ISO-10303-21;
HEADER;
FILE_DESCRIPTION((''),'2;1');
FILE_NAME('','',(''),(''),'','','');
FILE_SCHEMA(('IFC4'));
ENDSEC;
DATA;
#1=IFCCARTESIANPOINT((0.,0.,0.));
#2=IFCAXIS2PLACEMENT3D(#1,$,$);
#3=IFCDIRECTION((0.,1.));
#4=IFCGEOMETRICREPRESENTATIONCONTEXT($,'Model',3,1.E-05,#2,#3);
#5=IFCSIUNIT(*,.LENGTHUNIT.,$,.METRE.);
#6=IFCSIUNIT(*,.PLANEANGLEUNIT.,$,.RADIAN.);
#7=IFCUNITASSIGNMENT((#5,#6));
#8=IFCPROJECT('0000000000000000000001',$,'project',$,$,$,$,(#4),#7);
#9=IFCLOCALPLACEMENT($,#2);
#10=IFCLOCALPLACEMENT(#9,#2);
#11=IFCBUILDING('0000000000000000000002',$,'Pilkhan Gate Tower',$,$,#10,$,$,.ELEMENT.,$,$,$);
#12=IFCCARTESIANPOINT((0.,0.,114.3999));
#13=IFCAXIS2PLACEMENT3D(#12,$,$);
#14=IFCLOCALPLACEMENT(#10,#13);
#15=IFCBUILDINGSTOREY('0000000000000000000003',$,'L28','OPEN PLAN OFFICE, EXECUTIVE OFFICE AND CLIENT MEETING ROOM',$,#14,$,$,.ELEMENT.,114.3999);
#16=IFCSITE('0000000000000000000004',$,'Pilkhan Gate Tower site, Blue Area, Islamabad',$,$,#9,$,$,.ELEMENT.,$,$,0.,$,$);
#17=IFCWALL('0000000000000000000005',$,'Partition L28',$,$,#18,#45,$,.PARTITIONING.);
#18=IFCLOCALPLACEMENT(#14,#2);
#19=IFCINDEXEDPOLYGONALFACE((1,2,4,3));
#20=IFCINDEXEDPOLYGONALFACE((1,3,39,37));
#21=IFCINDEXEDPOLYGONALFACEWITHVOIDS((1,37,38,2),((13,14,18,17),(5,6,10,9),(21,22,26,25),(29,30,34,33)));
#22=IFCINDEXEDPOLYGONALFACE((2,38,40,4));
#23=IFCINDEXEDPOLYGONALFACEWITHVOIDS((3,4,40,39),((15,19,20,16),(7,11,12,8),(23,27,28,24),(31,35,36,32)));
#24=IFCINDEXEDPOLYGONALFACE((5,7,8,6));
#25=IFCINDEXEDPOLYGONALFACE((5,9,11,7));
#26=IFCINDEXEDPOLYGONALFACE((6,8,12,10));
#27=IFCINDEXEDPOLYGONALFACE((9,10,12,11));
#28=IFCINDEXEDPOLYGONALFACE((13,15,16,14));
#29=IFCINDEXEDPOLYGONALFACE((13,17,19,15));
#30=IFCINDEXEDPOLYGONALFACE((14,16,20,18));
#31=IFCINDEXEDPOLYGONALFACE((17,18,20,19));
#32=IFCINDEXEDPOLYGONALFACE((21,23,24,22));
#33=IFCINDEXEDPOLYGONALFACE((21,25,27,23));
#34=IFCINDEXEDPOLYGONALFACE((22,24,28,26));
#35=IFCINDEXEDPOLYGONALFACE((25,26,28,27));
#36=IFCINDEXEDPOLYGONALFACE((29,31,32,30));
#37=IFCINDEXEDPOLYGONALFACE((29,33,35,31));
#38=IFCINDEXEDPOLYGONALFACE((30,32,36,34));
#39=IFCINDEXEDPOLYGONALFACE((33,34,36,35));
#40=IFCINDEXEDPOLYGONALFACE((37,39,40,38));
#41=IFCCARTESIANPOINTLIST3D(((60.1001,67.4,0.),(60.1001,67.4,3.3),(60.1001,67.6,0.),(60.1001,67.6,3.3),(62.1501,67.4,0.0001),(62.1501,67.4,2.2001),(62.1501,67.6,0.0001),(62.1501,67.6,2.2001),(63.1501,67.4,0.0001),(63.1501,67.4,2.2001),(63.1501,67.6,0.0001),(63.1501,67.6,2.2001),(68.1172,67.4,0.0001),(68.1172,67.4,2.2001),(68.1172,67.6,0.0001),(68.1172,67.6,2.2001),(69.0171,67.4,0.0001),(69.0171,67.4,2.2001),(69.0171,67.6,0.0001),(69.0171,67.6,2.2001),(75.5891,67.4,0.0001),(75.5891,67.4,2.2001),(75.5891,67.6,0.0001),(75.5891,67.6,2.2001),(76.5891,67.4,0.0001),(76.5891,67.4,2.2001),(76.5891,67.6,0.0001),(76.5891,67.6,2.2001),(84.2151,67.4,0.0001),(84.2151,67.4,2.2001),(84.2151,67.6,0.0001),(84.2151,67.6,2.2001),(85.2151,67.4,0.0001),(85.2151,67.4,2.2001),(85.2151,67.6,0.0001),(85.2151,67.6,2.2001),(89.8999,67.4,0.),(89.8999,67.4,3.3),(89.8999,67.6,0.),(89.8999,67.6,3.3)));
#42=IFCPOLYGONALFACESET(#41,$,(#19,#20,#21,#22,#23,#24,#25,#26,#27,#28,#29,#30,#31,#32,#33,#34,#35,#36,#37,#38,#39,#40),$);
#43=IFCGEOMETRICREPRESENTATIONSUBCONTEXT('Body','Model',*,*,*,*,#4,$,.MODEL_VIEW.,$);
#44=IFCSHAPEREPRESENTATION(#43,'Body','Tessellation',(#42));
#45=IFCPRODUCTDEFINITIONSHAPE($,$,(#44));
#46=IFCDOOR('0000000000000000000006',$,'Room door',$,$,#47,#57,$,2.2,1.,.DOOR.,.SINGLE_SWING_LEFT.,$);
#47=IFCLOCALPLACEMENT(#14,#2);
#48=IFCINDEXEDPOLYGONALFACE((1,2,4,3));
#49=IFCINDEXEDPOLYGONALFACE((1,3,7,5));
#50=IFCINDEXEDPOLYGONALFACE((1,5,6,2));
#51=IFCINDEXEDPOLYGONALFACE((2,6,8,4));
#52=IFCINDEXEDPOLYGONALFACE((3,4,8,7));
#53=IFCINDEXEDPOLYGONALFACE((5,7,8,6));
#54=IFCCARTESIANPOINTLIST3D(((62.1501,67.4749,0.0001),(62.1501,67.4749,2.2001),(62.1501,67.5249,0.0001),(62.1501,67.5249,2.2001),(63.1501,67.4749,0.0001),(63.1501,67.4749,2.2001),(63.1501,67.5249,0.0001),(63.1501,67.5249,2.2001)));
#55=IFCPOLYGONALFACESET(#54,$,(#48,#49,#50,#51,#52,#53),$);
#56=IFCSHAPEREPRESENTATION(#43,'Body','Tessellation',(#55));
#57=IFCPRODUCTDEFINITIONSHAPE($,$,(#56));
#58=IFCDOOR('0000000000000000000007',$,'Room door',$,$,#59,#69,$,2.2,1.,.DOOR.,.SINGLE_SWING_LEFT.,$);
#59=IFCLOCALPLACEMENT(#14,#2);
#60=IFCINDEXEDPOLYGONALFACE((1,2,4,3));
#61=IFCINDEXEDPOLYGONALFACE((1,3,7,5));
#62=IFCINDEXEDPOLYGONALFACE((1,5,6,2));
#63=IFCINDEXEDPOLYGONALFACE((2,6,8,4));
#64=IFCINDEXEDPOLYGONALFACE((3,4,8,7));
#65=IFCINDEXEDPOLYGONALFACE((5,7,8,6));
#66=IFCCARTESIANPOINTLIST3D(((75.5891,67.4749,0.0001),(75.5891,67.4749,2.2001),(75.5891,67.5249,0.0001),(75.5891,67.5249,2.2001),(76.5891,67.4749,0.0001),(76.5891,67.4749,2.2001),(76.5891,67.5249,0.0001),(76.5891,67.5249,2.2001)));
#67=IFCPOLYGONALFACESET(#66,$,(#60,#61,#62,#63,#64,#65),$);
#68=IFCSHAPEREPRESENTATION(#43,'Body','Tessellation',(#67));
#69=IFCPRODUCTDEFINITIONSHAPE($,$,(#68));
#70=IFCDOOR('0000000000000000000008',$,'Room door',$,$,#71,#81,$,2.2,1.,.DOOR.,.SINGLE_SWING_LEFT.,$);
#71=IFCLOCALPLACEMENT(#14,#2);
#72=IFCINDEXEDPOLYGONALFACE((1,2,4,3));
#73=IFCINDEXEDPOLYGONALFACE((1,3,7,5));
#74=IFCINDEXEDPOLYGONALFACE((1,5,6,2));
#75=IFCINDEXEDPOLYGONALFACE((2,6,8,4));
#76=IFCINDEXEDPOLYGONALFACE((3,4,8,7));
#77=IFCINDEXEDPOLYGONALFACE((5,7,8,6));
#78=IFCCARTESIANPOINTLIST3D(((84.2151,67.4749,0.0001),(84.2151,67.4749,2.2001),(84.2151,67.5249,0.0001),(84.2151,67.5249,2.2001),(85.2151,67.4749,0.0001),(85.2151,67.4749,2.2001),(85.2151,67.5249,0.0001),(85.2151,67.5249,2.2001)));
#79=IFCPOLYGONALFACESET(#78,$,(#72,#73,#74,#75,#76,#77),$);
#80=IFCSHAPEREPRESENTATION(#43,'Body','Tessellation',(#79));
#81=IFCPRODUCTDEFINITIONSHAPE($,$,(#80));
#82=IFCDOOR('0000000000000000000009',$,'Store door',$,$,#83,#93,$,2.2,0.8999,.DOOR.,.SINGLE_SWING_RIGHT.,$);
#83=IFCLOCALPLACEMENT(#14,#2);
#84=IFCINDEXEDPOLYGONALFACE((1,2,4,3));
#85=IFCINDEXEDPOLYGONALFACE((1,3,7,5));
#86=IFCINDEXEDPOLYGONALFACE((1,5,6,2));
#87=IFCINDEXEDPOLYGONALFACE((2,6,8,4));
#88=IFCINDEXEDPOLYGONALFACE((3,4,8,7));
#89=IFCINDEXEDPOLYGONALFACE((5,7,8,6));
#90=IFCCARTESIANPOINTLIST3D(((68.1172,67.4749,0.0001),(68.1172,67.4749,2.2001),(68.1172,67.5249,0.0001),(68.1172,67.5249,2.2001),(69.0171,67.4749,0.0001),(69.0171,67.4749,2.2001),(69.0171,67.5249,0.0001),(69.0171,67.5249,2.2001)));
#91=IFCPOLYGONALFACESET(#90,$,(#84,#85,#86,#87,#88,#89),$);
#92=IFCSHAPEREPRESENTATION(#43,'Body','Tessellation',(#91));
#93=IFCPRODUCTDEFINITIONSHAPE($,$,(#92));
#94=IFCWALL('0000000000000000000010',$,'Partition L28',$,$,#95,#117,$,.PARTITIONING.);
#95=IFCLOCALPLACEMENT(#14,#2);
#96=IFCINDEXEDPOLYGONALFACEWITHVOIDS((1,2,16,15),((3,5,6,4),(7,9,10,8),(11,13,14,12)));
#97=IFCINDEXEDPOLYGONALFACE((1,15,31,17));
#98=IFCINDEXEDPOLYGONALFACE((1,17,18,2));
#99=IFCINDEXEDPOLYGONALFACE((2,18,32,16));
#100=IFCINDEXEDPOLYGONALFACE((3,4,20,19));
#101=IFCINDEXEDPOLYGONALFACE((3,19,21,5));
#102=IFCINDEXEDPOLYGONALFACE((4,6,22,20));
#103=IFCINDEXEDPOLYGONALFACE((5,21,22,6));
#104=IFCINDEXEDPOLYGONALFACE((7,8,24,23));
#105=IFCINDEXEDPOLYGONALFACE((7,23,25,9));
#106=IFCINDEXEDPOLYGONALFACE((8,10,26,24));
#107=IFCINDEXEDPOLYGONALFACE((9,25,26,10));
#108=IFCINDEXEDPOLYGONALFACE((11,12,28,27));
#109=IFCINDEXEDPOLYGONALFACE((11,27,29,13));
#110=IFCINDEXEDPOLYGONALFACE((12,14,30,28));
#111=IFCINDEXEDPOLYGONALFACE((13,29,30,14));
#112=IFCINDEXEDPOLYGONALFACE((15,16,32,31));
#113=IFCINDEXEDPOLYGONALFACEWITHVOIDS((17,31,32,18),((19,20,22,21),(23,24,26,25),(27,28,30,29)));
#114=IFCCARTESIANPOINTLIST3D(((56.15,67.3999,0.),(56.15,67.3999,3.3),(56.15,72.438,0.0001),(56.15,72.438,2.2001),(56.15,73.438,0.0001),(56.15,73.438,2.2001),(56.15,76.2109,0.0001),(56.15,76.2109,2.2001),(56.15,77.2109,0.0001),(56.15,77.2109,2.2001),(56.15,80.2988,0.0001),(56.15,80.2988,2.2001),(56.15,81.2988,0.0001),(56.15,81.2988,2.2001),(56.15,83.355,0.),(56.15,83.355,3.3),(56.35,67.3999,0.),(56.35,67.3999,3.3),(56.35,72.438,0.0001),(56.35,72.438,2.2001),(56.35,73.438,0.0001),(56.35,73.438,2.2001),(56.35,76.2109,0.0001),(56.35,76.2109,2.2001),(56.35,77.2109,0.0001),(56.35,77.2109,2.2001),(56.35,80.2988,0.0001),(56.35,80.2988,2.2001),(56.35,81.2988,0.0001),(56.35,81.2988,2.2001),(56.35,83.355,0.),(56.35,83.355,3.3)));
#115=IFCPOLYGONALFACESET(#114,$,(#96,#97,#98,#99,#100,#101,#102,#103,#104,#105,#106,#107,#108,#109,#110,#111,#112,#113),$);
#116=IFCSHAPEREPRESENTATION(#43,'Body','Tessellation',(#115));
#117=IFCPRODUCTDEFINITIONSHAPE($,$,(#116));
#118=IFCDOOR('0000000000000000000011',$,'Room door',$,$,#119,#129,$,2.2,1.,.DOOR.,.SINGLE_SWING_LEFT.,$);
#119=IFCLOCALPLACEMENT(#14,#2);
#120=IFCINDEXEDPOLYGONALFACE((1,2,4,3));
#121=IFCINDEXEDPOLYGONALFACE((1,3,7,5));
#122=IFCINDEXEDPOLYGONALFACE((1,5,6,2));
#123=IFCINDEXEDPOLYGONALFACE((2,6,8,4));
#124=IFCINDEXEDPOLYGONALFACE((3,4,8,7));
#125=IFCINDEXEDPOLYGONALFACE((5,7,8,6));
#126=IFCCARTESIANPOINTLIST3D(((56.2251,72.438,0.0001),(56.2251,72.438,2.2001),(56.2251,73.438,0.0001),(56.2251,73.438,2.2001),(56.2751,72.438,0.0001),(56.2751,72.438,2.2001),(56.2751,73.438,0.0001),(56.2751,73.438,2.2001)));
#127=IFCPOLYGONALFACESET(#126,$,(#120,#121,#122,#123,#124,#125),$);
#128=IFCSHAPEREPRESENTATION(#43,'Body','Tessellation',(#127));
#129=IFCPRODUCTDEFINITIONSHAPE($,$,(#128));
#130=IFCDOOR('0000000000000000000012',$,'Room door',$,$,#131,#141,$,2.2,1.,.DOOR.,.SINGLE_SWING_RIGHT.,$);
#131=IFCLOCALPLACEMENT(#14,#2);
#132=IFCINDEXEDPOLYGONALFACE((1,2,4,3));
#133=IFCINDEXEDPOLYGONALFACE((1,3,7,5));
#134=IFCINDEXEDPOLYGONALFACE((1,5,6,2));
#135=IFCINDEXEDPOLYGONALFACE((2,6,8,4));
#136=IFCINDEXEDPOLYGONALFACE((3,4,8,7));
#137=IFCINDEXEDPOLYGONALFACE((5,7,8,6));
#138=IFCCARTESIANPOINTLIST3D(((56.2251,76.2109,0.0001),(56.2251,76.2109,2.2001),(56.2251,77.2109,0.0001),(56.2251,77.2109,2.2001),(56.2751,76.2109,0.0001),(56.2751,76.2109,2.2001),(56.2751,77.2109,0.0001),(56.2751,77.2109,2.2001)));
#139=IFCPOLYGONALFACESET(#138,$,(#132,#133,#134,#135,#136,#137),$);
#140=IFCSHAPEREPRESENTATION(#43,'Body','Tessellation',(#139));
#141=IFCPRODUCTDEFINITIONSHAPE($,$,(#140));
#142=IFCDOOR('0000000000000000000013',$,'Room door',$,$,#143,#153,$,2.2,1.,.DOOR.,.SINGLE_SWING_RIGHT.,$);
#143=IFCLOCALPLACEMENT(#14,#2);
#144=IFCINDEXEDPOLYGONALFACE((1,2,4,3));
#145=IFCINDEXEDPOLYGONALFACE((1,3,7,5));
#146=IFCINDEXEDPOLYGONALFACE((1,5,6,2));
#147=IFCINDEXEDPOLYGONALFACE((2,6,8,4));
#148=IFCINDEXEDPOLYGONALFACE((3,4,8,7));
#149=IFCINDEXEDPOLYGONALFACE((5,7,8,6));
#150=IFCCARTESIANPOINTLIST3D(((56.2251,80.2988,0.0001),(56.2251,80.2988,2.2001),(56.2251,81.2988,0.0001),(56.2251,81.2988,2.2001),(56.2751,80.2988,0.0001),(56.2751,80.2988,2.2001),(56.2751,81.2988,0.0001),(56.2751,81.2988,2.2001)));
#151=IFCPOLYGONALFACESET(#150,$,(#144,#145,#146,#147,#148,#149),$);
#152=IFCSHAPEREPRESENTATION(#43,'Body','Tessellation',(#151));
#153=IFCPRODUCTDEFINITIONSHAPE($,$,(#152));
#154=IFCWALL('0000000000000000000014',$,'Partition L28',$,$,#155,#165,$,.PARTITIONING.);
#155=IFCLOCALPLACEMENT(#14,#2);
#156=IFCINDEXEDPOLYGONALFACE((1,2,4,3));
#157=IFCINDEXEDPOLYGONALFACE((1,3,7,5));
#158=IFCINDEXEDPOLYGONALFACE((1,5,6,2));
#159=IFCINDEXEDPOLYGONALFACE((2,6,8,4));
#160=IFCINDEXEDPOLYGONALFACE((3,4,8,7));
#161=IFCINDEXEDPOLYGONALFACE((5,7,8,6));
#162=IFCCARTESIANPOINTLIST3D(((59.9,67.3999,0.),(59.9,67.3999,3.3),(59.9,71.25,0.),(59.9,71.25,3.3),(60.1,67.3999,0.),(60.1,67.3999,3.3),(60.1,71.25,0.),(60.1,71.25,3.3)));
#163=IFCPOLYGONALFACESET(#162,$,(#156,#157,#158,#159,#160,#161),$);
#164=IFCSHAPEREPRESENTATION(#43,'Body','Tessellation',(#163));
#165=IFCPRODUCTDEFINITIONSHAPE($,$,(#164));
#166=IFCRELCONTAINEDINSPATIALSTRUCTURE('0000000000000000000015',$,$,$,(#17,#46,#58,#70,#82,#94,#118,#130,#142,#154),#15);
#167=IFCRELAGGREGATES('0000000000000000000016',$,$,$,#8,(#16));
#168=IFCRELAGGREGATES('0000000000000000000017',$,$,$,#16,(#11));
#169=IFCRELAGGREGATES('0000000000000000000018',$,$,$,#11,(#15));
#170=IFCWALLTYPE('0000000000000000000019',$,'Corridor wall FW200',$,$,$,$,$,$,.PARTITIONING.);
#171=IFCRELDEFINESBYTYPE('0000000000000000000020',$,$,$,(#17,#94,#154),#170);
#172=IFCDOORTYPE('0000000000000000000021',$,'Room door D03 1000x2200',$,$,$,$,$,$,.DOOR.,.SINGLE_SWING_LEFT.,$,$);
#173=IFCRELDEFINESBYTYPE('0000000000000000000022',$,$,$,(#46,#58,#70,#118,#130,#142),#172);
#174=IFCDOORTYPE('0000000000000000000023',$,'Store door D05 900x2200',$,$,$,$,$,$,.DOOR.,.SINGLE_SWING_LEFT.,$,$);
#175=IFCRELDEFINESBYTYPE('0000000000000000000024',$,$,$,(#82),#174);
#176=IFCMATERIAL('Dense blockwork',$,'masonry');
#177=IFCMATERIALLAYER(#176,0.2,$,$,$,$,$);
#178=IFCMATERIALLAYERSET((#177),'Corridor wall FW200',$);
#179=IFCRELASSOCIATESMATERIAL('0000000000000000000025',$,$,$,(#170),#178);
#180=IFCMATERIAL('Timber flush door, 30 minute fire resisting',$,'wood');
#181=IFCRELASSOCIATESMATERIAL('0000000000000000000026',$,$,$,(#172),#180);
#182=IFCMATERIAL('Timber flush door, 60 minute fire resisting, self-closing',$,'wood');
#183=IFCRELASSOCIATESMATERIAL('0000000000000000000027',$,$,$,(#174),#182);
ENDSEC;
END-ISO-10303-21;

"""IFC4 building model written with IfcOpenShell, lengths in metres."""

from ifc_helpers import new_model, si_unit, direction, frame, frame_2d, origin, place, context, subcontext, project, spatial, rectangle, extrude, material, layer, layer_set, type_object, element, fill, save


model = new_model("IFC4")

# Units and contexts
model_context = context("Model", 3, precision=1e-05, world=origin(), true_north=direction((0.0, 1.0)))
body_context = subcontext(model_context, "Body", "Model", "MODEL_VIEW")
ifc_project = project(units=[si_unit("LENGTHUNIT", "METRE"), si_unit("PLANEANGLEUNIT", "RADIAN")], contexts=[model_context])

# Site, building, storey
site_placement = place(None, origin())
site = spatial("IfcSite", under=ifc_project, at=site_placement, Name="Pilkhan Gate Tower site, Blue Area, Islamabad", CompositionType="ELEMENT", RefElevation=0.0)
building_placement = place(site_placement, origin())
building = spatial("IfcBuilding", under=site, at=building_placement, Name="Pilkhan Gate Tower", CompositionType="ELEMENT")
storey_placement = place(building_placement, frame((0.0, 0.0, 114.3999)))
storey = spatial("IfcBuildingStorey", under=building, at=storey_placement, Name="L28", Description="OPEN PLAN OFFICE, EXECUTIVE OFFICE AND CLIENT MEETING ROOM", CompositionType="ELEMENT", Elevation=114.3999)

# Walls, openings, doors
ifc_material_1 = material(Name="Dense blockwork", Category="masonry")
ifc_layer_1 = layer(ifc_material_1, 0.2)
ifc_layer_set_1 = layer_set([ifc_layer_1], Name="Corridor wall FW200")
wall_type_1 = type_object("IfcWallType", Name="Corridor wall FW200", PredefinedType="PARTITIONING", material=ifc_layer_set_1)
wall_1_placement = place(storey_placement, frame((60.1001, 67.5, 0.0), z_axis=(0.0, 0.0, 1.0), x_axis=(1.0, 0.0, 0.0)))
wall_1 = element("IfcWall", 1, at=wall_1_placement, inside=storey, type_object=wall_type_1, Name="Partition L28", PredefinedType="PARTITIONING", context=body_context, shape_type="SweptSolid", body=[
    extrude(rectangle(XDim=29.7998, YDim=0.2, at=frame_2d((14.8999, 0.0))), origin(), (0.0, 0.0, 1.0), 3.3),
])
opening_1_placement = place(wall_1_placement, frame((2.05, 0.0, 0.0)))
opening_1 = element("IfcOpeningElement", 2, at=opening_1_placement, cuts=wall_1, PredefinedType="OPENING", context=body_context, shape_type="SweptSolid", body=[
    extrude(rectangle(XDim=1.0, YDim=2.2, at=frame_2d((0.5, 1.1001))), frame((0.0, 0.1099, 0.0), z_axis=(0.0, -1.0, 0.0), x_axis=(1.0, 0.0, 0.0)), (0.0, 0.0, 1.0), 0.22),
])
opening_2_placement = place(wall_1_placement, frame((8.0171, 0.0, 0.0)))
opening_2 = element("IfcOpeningElement", 3, at=opening_2_placement, cuts=wall_1, PredefinedType="OPENING", context=body_context, shape_type="SweptSolid", body=[
    extrude(rectangle(XDim=0.8999, YDim=2.2, at=frame_2d((0.45, 1.1001))), frame((0.0, 0.1099, 0.0), z_axis=(0.0, -1.0, 0.0), x_axis=(1.0, 0.0, 0.0)), (0.0, 0.0, 1.0), 0.22),
])
opening_3_placement = place(wall_1_placement, frame((15.489, 0.0, 0.0)))
opening_3 = element("IfcOpeningElement", 4, at=opening_3_placement, cuts=wall_1, PredefinedType="OPENING", context=body_context, shape_type="SweptSolid", body=[
    extrude(rectangle(XDim=1.0, YDim=2.2, at=frame_2d((0.5, 1.1001))), frame((0.0, 0.1099, 0.0), z_axis=(0.0, -1.0, 0.0), x_axis=(1.0, 0.0, 0.0)), (0.0, 0.0, 1.0), 0.22),
])
opening_4_placement = place(wall_1_placement, frame((24.115, 0.0, 0.0)))
opening_4 = element("IfcOpeningElement", 5, at=opening_4_placement, cuts=wall_1, PredefinedType="OPENING", context=body_context, shape_type="SweptSolid", body=[
    extrude(rectangle(XDim=1.0, YDim=2.2, at=frame_2d((0.5, 1.1001))), frame((0.0, 0.1099, 0.0), z_axis=(0.0, -1.0, 0.0), x_axis=(1.0, 0.0, 0.0)), (0.0, 0.0, 1.0), 0.22),
])
ifc_material_2 = material(Name="Timber flush door, 30 minute fire resisting", Category="wood")
door_type_1 = type_object("IfcDoorType", Name="Room door D03 1000x2200", OperationType="SINGLE_SWING_LEFT", PredefinedType="DOOR", material=ifc_material_2)
door_1_placement = place(opening_1_placement, origin())
door_1 = element("IfcDoor", 6, at=door_1_placement, inside=storey, type_object=door_type_1, Name="Room door", OperationType="SINGLE_SWING_LEFT", OverallHeight=2.2, OverallWidth=1.0, PredefinedType="DOOR", context=body_context, shape_type="SweptSolid", body=[
    extrude(rectangle(XDim=1.0, YDim=2.2, at=frame_2d((0.5, 1.1001))), frame((0.0, 0.0249, 0.0), z_axis=(0.0, -1.0, 0.0), x_axis=(1.0, 0.0, 0.0)), (0.0, 0.0, 1.0), 0.05),
])
fill(opening_1, door_1)
door_2_placement = place(opening_3_placement, origin())
door_2 = element("IfcDoor", 7, at=door_2_placement, inside=storey, type_object=door_type_1, Name="Room door", OperationType="SINGLE_SWING_LEFT", OverallHeight=2.2, OverallWidth=1.0, PredefinedType="DOOR", context=body_context, shape_type="SweptSolid", body=[
    extrude(rectangle(XDim=1.0, YDim=2.2, at=frame_2d((0.5, 1.1001))), frame((0.0, 0.0249, 0.0), z_axis=(0.0, -1.0, 0.0), x_axis=(1.0, 0.0, 0.0)), (0.0, 0.0, 1.0), 0.05),
])
fill(opening_3, door_2)
door_3_placement = place(opening_4_placement, origin())
door_3 = element("IfcDoor", 8, at=door_3_placement, inside=storey, type_object=door_type_1, Name="Room door", OperationType="SINGLE_SWING_LEFT", OverallHeight=2.2, OverallWidth=1.0, PredefinedType="DOOR", context=body_context, shape_type="SweptSolid", body=[
    extrude(rectangle(XDim=1.0, YDim=2.2, at=frame_2d((0.5, 1.1001))), frame((0.0, 0.0249, 0.0), z_axis=(0.0, -1.0, 0.0), x_axis=(1.0, 0.0, 0.0)), (0.0, 0.0, 1.0), 0.05),
])
fill(opening_4, door_3)
ifc_material_3 = material(Name="Timber flush door, 60 minute fire resisting, self-closing", Category="wood")
door_type_2 = type_object("IfcDoorType", Name="Store door D05 900x2200", OperationType="SINGLE_SWING_LEFT", PredefinedType="DOOR", material=ifc_material_3)
door_4_placement = place(opening_2_placement, origin())
door_4 = element("IfcDoor", 9, at=door_4_placement, inside=storey, type_object=door_type_2, Name="Store door", OperationType="SINGLE_SWING_RIGHT", OverallHeight=2.2, OverallWidth=0.8999, PredefinedType="DOOR", context=body_context, shape_type="SweptSolid", body=[
    extrude(rectangle(XDim=0.8999, YDim=2.2, at=frame_2d((0.45, 1.1001))), frame((0.0, 0.0249, 0.0), z_axis=(0.0, -1.0, 0.0), x_axis=(1.0, 0.0, 0.0)), (0.0, 0.0, 1.0), 0.05),
])
fill(opening_2, door_4)
wall_2_placement = place(storey_placement, frame((56.25, 67.3999, 0.0), z_axis=(0.0, 0.0, 1.0), x_axis=(0.0, 1.0, 0.0)))
wall_2 = element("IfcWall", 10, at=wall_2_placement, inside=storey, type_object=wall_type_1, Name="Partition L28", PredefinedType="PARTITIONING", context=body_context, shape_type="SweptSolid", body=[
    extrude(rectangle(XDim=15.9551, YDim=0.2, at=frame_2d((7.9775, 0.0))), origin(), (0.0, 0.0, 1.0), 3.3),
])
opening_5_placement = place(wall_2_placement, frame((5.0381, 0.0, 0.0)))
opening_5 = element("IfcOpeningElement", 11, at=opening_5_placement, cuts=wall_2, PredefinedType="OPENING", context=body_context, shape_type="SweptSolid", body=[
    extrude(rectangle(XDim=1.0, YDim=2.2, at=frame_2d((0.5, 1.1001))), frame((0.0, 0.1099, 0.0), z_axis=(0.0, -1.0, 0.0), x_axis=(1.0, 0.0, 0.0)), (0.0, 0.0, 1.0), 0.22),
])
opening_6_placement = place(wall_2_placement, frame((8.811, 0.0, 0.0)))
opening_6 = element("IfcOpeningElement", 12, at=opening_6_placement, cuts=wall_2, PredefinedType="OPENING", context=body_context, shape_type="SweptSolid", body=[
    extrude(rectangle(XDim=1.0, YDim=2.2, at=frame_2d((0.5, 1.1001))), frame((0.0, 0.1099, 0.0), z_axis=(0.0, -1.0, 0.0), x_axis=(1.0, 0.0, 0.0)), (0.0, 0.0, 1.0), 0.22),
])
opening_7_placement = place(wall_2_placement, frame((12.8989, 0.0, 0.0)))
opening_7 = element("IfcOpeningElement", 13, at=opening_7_placement, cuts=wall_2, PredefinedType="OPENING", context=body_context, shape_type="SweptSolid", body=[
    extrude(rectangle(XDim=1.0, YDim=2.2, at=frame_2d((0.5, 1.1001))), frame((0.0, 0.1099, 0.0), z_axis=(0.0, -1.0, 0.0), x_axis=(1.0, 0.0, 0.0)), (0.0, 0.0, 1.0), 0.22),
])
door_5_placement = place(opening_5_placement, origin())
door_5 = element("IfcDoor", 14, at=door_5_placement, inside=storey, type_object=door_type_1, Name="Room door", OperationType="SINGLE_SWING_LEFT", OverallHeight=2.2, OverallWidth=1.0, PredefinedType="DOOR", context=body_context, shape_type="SweptSolid", body=[
    extrude(rectangle(XDim=1.0, YDim=2.2, at=frame_2d((0.5, 1.1001))), frame((0.0, 0.0249, 0.0), z_axis=(0.0, -1.0, 0.0), x_axis=(1.0, 0.0, 0.0)), (0.0, 0.0, 1.0), 0.05),
])
fill(opening_5, door_5)
door_6_placement = place(opening_6_placement, origin())
door_6 = element("IfcDoor", 15, at=door_6_placement, inside=storey, type_object=door_type_1, Name="Room door", OperationType="SINGLE_SWING_RIGHT", OverallHeight=2.2, OverallWidth=1.0, PredefinedType="DOOR", context=body_context, shape_type="SweptSolid", body=[
    extrude(rectangle(XDim=1.0, YDim=2.2, at=frame_2d((0.5, 1.1001))), frame((0.0, 0.0249, 0.0), z_axis=(0.0, -1.0, 0.0), x_axis=(1.0, 0.0, 0.0)), (0.0, 0.0, 1.0), 0.05),
])
fill(opening_6, door_6)
door_7_placement = place(opening_7_placement, origin())
door_7 = element("IfcDoor", 16, at=door_7_placement, inside=storey, type_object=door_type_1, Name="Room door", OperationType="SINGLE_SWING_RIGHT", OverallHeight=2.2, OverallWidth=1.0, PredefinedType="DOOR", context=body_context, shape_type="SweptSolid", body=[
    extrude(rectangle(XDim=1.0, YDim=2.2, at=frame_2d((0.5, 1.1001))), frame((0.0, 0.0249, 0.0), z_axis=(0.0, -1.0, 0.0), x_axis=(1.0, 0.0, 0.0)), (0.0, 0.0, 1.0), 0.05),
])
fill(opening_7, door_7)

# Wall
wall_3_placement = place(storey_placement, frame((60.0, 67.3999, 0.0), z_axis=(0.0, 0.0, 1.0), x_axis=(0.0, 1.0, 0.0)))
element("IfcWall", 17, at=wall_3_placement, inside=storey, type_object=wall_type_1, Name="Partition L28", PredefinedType="PARTITIONING", context=body_context, shape_type="SweptSolid", body=[
    extrude(rectangle(XDim=3.8501, YDim=0.2, at=frame_2d((1.925, 0.0))), origin(), (0.0, 0.0, 1.0), 3.3),
])

save(model, "model.ifc")
